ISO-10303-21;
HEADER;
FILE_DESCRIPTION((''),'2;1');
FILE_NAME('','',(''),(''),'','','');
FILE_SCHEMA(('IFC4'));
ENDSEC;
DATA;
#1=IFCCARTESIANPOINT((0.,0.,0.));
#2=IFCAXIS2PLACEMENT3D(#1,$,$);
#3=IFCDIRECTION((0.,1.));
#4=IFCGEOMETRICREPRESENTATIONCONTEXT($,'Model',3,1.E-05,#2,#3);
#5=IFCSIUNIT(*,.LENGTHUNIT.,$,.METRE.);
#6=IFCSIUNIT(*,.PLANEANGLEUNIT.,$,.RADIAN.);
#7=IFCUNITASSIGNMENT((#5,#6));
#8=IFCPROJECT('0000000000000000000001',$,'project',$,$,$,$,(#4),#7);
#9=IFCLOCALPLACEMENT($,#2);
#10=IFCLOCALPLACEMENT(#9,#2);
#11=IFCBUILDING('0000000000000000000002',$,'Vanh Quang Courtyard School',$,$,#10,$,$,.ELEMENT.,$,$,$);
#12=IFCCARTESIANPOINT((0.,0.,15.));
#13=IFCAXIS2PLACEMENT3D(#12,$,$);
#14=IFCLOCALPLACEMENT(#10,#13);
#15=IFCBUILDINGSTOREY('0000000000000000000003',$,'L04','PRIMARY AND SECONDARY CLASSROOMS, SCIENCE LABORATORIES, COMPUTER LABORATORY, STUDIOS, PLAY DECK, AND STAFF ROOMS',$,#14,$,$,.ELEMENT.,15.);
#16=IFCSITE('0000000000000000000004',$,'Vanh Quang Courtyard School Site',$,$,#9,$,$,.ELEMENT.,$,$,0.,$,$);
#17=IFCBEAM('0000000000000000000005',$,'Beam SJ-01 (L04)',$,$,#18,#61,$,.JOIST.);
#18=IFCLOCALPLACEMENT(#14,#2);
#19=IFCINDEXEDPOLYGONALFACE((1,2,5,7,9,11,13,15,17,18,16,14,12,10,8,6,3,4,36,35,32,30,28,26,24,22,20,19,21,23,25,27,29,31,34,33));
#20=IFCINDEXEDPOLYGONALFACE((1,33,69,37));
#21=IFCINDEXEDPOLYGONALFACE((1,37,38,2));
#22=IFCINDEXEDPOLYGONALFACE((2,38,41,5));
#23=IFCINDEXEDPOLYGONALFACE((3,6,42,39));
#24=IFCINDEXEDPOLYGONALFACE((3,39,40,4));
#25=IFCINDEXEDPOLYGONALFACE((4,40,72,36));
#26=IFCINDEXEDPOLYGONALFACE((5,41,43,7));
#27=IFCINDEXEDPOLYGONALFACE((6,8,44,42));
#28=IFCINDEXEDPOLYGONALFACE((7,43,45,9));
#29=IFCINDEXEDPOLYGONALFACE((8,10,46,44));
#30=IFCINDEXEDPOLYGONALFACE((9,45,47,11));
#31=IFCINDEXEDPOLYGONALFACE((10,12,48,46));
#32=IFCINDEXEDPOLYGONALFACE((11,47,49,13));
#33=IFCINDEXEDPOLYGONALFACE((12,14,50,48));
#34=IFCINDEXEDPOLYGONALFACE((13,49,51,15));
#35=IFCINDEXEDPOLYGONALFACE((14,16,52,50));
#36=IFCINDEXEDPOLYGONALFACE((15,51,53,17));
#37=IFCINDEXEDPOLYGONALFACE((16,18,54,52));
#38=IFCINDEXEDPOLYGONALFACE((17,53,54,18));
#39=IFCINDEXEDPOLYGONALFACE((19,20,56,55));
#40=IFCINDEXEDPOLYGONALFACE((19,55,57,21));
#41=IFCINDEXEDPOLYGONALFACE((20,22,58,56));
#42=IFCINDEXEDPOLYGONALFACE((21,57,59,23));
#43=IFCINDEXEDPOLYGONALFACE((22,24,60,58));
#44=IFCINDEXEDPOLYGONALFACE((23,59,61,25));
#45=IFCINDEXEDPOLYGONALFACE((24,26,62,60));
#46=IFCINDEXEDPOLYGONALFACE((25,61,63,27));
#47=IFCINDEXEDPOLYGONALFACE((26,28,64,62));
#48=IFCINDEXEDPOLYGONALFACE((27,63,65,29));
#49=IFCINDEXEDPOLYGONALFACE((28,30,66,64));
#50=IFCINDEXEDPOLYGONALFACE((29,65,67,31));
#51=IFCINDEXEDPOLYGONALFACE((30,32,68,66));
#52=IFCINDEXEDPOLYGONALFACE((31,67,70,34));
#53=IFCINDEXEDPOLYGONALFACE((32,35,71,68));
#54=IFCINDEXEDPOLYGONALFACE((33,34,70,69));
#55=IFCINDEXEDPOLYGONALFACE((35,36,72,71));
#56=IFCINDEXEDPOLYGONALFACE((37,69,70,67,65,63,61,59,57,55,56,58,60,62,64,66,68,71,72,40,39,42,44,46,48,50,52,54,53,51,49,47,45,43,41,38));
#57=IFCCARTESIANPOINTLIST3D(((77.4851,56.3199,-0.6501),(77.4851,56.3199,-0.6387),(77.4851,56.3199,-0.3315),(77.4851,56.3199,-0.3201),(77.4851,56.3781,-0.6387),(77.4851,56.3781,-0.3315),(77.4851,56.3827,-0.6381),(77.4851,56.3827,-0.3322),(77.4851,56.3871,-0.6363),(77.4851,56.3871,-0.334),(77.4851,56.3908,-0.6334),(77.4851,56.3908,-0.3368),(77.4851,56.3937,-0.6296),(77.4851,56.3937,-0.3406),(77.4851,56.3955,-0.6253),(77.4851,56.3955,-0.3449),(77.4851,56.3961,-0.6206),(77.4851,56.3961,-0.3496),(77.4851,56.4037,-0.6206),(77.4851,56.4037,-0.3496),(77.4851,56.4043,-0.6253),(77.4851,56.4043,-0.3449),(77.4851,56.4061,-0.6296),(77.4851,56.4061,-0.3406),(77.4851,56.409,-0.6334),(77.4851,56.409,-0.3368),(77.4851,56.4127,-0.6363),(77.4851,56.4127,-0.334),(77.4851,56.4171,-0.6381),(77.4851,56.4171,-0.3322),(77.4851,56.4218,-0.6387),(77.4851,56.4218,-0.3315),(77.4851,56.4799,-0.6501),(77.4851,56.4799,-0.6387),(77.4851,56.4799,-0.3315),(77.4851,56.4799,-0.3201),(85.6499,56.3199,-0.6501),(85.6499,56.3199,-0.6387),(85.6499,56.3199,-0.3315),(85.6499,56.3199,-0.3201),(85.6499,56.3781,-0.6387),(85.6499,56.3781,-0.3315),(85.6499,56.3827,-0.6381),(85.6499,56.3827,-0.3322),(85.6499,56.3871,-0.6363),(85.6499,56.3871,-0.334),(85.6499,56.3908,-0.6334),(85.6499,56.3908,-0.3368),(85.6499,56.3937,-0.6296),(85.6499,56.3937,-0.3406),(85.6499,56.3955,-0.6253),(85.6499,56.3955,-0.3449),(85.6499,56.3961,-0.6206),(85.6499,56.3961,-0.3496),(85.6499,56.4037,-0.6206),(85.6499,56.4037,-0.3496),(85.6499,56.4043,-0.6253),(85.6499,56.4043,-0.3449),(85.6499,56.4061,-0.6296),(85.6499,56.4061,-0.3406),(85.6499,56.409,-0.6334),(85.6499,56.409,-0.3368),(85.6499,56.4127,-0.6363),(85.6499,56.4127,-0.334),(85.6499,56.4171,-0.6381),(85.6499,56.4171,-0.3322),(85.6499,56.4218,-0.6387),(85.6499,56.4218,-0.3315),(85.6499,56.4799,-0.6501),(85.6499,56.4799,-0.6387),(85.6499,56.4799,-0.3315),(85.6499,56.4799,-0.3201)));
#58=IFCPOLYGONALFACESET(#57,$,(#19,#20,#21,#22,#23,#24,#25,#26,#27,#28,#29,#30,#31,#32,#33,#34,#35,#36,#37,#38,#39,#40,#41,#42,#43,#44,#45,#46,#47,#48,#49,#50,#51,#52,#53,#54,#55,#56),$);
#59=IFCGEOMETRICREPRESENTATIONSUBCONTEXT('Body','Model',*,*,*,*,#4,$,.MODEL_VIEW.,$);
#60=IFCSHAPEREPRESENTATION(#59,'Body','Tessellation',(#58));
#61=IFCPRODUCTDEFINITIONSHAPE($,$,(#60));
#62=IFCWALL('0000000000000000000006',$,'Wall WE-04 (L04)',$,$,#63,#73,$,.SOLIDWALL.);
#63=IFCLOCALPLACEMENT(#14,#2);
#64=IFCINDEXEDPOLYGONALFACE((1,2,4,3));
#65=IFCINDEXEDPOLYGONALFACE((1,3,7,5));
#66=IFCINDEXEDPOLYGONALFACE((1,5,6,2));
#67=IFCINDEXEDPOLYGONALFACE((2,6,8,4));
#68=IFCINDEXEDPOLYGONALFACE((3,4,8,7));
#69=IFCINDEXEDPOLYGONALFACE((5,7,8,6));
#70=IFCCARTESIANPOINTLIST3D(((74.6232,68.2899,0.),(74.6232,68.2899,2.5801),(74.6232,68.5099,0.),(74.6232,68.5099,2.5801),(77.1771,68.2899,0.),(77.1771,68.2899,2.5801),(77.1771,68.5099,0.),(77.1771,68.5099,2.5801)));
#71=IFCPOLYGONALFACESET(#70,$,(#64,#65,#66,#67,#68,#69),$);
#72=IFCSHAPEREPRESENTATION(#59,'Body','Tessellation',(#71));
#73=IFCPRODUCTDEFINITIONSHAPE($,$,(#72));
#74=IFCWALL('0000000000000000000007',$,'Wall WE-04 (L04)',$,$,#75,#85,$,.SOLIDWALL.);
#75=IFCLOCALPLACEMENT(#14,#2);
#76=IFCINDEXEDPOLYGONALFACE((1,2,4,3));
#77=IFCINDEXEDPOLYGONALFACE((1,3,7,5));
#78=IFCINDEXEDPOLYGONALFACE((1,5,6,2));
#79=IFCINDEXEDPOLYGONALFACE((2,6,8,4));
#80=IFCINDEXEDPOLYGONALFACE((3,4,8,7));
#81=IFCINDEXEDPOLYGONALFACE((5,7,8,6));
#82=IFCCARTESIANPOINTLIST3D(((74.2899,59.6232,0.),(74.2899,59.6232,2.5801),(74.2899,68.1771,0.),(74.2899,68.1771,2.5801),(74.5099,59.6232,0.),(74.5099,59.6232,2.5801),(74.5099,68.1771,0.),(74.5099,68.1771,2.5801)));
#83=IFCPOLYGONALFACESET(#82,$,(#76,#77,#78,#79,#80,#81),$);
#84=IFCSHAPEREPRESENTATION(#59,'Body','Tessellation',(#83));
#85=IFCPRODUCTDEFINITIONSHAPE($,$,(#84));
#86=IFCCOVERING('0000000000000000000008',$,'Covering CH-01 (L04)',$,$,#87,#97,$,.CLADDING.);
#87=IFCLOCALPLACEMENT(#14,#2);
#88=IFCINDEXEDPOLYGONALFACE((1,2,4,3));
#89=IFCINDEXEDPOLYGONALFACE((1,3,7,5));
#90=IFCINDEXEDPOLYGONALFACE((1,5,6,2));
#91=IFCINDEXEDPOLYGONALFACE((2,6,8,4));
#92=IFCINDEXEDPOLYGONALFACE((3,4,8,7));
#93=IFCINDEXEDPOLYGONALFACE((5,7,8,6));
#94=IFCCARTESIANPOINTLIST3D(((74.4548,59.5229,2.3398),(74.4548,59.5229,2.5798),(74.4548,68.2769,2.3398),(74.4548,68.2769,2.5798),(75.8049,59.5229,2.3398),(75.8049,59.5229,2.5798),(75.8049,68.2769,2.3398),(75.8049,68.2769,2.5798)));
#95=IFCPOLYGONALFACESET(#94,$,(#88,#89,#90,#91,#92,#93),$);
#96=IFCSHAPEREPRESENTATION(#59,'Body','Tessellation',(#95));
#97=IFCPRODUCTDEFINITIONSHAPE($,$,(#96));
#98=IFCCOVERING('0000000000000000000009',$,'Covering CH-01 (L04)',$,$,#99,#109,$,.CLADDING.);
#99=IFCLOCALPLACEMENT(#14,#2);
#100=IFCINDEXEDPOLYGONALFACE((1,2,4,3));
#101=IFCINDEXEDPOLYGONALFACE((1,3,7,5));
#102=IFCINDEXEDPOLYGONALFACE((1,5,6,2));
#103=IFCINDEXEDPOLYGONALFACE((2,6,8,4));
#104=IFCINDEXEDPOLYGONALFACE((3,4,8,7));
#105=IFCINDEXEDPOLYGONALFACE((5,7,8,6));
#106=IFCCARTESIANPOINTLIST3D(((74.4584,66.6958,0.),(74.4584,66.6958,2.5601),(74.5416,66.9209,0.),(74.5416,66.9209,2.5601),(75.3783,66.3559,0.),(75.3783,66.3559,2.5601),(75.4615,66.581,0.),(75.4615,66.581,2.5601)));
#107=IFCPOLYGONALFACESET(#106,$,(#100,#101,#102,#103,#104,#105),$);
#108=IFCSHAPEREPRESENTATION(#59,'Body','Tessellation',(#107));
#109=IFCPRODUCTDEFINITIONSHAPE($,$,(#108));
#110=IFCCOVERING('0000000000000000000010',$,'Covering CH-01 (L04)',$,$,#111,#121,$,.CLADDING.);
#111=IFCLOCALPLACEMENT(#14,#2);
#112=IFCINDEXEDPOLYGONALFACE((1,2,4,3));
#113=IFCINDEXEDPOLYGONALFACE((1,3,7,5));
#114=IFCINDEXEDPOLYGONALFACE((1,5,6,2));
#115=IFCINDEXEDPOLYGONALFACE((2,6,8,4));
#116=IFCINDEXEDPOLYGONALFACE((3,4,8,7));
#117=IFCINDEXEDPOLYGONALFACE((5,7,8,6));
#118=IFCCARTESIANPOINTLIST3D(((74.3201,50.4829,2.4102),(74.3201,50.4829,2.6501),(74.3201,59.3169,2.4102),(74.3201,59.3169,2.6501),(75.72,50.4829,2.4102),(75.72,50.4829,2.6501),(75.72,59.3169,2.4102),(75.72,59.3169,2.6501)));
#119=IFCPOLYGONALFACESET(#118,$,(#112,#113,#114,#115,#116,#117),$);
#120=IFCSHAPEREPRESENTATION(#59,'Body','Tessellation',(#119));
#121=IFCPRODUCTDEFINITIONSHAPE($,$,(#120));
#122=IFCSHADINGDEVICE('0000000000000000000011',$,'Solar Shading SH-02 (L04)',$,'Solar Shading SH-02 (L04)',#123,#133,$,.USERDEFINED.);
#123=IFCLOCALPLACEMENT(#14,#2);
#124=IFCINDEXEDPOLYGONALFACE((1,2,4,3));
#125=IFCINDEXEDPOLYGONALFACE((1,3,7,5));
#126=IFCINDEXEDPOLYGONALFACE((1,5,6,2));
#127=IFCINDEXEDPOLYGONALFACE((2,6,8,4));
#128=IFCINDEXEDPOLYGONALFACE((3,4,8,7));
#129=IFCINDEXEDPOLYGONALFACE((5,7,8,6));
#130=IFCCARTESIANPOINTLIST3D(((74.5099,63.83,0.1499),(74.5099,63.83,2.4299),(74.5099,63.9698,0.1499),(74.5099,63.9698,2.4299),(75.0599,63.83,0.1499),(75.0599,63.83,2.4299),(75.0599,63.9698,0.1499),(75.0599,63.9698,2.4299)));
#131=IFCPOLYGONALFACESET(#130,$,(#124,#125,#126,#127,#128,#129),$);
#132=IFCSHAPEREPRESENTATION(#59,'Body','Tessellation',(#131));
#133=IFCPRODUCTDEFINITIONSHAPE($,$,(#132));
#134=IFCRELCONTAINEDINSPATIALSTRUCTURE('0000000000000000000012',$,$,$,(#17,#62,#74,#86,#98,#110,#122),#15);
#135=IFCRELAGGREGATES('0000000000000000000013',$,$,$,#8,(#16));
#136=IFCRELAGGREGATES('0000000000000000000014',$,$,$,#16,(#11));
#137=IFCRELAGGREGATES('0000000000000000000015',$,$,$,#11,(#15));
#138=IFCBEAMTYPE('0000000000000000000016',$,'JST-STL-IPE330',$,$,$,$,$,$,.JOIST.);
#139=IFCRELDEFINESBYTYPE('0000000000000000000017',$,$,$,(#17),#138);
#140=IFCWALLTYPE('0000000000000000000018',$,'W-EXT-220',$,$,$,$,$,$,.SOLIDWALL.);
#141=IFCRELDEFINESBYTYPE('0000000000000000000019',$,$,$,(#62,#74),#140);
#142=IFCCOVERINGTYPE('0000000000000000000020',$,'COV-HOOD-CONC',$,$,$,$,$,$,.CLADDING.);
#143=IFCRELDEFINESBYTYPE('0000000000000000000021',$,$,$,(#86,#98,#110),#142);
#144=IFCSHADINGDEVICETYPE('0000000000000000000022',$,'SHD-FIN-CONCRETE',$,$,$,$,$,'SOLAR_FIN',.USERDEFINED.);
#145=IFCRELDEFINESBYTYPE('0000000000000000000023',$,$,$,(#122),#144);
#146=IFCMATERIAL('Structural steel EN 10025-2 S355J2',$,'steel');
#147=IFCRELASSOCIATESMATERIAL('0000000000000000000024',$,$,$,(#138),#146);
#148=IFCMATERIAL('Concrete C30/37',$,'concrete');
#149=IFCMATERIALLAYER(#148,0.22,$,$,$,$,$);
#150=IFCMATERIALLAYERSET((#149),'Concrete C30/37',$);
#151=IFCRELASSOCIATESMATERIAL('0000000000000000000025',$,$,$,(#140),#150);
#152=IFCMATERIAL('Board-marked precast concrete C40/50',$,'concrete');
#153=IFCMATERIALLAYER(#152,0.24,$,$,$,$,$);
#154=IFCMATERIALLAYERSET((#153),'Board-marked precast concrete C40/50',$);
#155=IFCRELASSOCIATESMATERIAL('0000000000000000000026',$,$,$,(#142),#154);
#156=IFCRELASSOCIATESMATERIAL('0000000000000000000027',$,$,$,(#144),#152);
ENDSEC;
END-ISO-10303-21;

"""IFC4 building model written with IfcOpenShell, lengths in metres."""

from ifc_helpers import new_model, si_unit, direction, frame, frame_2d, origin, origin_2d, place, context, subcontext, project, spatial, rectangle, i_section, extrude, material, layer, layer_set, material_profile, profile_set, type_object, element, save


model = new_model("IFC4")

# Units and contexts
model_context = context("Model", 3, precision=1e-05, world=origin(), true_north=direction((0.0, 1.0)))
body_context = subcontext(model_context, "Body", "Model", "MODEL_VIEW")
ifc_project = project(units=[si_unit("LENGTHUNIT", "METRE"), si_unit("PLANEANGLEUNIT", "RADIAN")], contexts=[model_context])

# Site, building, storey
site_placement = place(None, origin())
site = spatial("IfcSite", under=ifc_project, at=site_placement, Name="Vanh Quang Courtyard School Site", CompositionType="ELEMENT", RefElevation=0.0)
building_placement = place(site_placement, origin())
building = spatial("IfcBuilding", under=site, at=building_placement, Name="Vanh Quang Courtyard School", CompositionType="ELEMENT")
storey_placement = place(building_placement, frame((0.0, 0.0, 15.0)))
storey = spatial("IfcBuildingStorey", under=building, at=storey_placement, Name="L04", Description="PRIMARY AND SECONDARY CLASSROOMS, SCIENCE LABORATORIES, COMPUTER LABORATORY, STUDIOS, PLAY DECK, AND STAFF ROOMS", CompositionType="ELEMENT", Elevation=15.0)

# Beam
ifc_material_1 = material(Name="Structural steel EN 10025-2 S355J2", Category="steel")
ifc_material_profile_1 = material_profile(ifc_material_1, i_section(OverallWidth=0.1599, OverallDepth=0.3301, WebThickness=0.0076, FlangeThickness=0.0115, FilletRadius=0.0181, at=origin_2d()), Name="IPE 330")
ifc_profile_set_1 = profile_set([ifc_material_profile_1], Name="Structural steel EN 10025-2 S355J2")
beam_type_1 = type_object("IfcBeamType", Name="JST-STL-IPE330", PredefinedType="JOIST", material=ifc_profile_set_1)
for number, where, z_axis, x_axis, name in (
    (1, (77.4851, 56.3999, -0.4851), (1.0, 0.0, 0.0), (0.0, 1.0, 0.0), "Beam SJ-01 (L04)"),
):
    element("IfcBeam", number, at=place(storey_placement, frame(where, z_axis=z_axis, x_axis=x_axis)), inside=storey, type_object=beam_type_1, Name=name, PredefinedType="JOIST", context=body_context, shape_type="SweptSolid", body=[
        extrude(i_section(OverallWidth=0.1599, OverallDepth=0.3301, WebThickness=0.0076, FlangeThickness=0.0115, FilletRadius=0.0181, at=origin_2d()), origin(), (0.0, 0.0, 1.0), 8.1648),
    ])

# Walls
ifc_material_2 = material(Name="Concrete C30/37", Category="concrete")
ifc_layer_1 = layer(ifc_material_2, 0.22)
ifc_layer_set_1 = layer_set([ifc_layer_1], Name="Concrete C30/37")
wall_type = type_object("IfcWallType", Name="W-EXT-220", PredefinedType="SOLIDWALL", material=ifc_layer_set_1)
wall_1_placement = place(storey_placement, frame((77.177, 68.3999, 0.0), z_axis=(0.0, 0.0, 1.0), x_axis=(-1.0, 0.0, 0.0)))
element("IfcWall", 2, at=wall_1_placement, inside=storey, type_object=wall_type, Name="Wall WE-04 (L04)", PredefinedType="SOLIDWALL", context=body_context, shape_type="SweptSolid", body=[
    extrude(rectangle(XDim=2.554, YDim=0.22, at=frame_2d((1.2769, 0.0))), origin(), (0.0, 0.0, 1.0), 2.5801),
])
wall_2_placement = place(storey_placement, frame((74.3999, 68.177, 0.0), z_axis=(0.0, 0.0, 1.0), x_axis=(0.0, -1.0, 0.0)))
element("IfcWall", 3, at=wall_2_placement, inside=storey, type_object=wall_type, Name="Wall WE-04 (L04)", PredefinedType="SOLIDWALL", context=body_context, shape_type="SweptSolid", body=[
    extrude(rectangle(XDim=8.554, YDim=0.22, at=frame_2d((4.2769, 0.0))), origin(), (0.0, 0.0, 1.0), 2.5801),
])

# Coverings
ifc_material_3 = material(Name="Board-marked precast concrete C40/50", Category="concrete")
ifc_layer_2 = layer(ifc_material_3, 0.24)
ifc_layer_set_2 = layer_set([ifc_layer_2], Name="Board-marked precast concrete C40/50")
covering_type = type_object("IfcCoveringType", Name="COV-HOOD-CONC", PredefinedType="CLADDING", material=ifc_layer_set_2)
covering_1_placement = place(storey_placement, frame((75.1299, 63.8999, 2.3398), z_axis=(0.0, 0.0, 1.0), x_axis=(0.0, -1.0, 0.0)))
element("IfcCovering", 4, at=covering_1_placement, inside=storey, type_object=covering_type, Name="Covering CH-01 (L04)", PredefinedType="CLADDING", context=body_context, shape_type="SweptSolid", body=[
    extrude(rectangle(XDim=8.7539, YDim=1.3501, at=origin_2d()), origin(), (0.0, 0.0, 1.0), 0.24),
])
covering_2_placement = place(storey_placement, frame((74.96, 66.6384, 0.0), z_axis=(0.0, 0.0, 1.0), x_axis=(0.93801, -0.346608, 0.0)))
element("IfcCovering", 5, at=covering_2_placement, inside=storey, type_object=covering_type, Name="Covering CH-01 (L04)", PredefinedType="CLADDING", context=body_context, shape_type="SweptSolid", body=[
    extrude(rectangle(XDim=0.9807, YDim=0.24, at=origin_2d()), origin(), (0.0, 0.0, 1.0), 2.5601),
])
covering_3_placement = place(storey_placement, frame((75.02, 54.8999, 2.4102), z_axis=(0.0, 0.0, 1.0), x_axis=(0.0, -1.0, 0.0)))
element("IfcCovering", 6, at=covering_3_placement, inside=storey, type_object=covering_type, Name="Covering CH-01 (L04)", PredefinedType="CLADDING", context=body_context, shape_type="SweptSolid", body=[
    extrude(rectangle(XDim=8.834, YDim=1.3999, at=origin_2d()), origin(), (0.0, 0.0, 1.0), 0.24),
])

# Shading device
shading_device_type = type_object("IfcShadingDeviceType", Name="SHD-FIN-CONCRETE", ElementType="SOLAR_FIN", PredefinedType="USERDEFINED", material=ifc_material_3)
shading_device_placement = place(storey_placement, frame((74.7849, 63.8999, 0.1499), z_axis=(0.0, 0.0, 1.0), x_axis=(0.0, -1.0, 0.0)))
element("IfcShadingDevice", 7, at=shading_device_placement, inside=storey, type_object=shading_device_type, Name="Solar Shading SH-02 (L04)", ObjectType="Solar Shading SH-02 (L04)", PredefinedType="USERDEFINED", context=body_context, shape_type="SweptSolid", body=[
    extrude(rectangle(XDim=0.1399, YDim=0.55, at=origin_2d()), origin(), (0.0, 0.0, 1.0), 2.28),
])

save(model, "model.ifc")
